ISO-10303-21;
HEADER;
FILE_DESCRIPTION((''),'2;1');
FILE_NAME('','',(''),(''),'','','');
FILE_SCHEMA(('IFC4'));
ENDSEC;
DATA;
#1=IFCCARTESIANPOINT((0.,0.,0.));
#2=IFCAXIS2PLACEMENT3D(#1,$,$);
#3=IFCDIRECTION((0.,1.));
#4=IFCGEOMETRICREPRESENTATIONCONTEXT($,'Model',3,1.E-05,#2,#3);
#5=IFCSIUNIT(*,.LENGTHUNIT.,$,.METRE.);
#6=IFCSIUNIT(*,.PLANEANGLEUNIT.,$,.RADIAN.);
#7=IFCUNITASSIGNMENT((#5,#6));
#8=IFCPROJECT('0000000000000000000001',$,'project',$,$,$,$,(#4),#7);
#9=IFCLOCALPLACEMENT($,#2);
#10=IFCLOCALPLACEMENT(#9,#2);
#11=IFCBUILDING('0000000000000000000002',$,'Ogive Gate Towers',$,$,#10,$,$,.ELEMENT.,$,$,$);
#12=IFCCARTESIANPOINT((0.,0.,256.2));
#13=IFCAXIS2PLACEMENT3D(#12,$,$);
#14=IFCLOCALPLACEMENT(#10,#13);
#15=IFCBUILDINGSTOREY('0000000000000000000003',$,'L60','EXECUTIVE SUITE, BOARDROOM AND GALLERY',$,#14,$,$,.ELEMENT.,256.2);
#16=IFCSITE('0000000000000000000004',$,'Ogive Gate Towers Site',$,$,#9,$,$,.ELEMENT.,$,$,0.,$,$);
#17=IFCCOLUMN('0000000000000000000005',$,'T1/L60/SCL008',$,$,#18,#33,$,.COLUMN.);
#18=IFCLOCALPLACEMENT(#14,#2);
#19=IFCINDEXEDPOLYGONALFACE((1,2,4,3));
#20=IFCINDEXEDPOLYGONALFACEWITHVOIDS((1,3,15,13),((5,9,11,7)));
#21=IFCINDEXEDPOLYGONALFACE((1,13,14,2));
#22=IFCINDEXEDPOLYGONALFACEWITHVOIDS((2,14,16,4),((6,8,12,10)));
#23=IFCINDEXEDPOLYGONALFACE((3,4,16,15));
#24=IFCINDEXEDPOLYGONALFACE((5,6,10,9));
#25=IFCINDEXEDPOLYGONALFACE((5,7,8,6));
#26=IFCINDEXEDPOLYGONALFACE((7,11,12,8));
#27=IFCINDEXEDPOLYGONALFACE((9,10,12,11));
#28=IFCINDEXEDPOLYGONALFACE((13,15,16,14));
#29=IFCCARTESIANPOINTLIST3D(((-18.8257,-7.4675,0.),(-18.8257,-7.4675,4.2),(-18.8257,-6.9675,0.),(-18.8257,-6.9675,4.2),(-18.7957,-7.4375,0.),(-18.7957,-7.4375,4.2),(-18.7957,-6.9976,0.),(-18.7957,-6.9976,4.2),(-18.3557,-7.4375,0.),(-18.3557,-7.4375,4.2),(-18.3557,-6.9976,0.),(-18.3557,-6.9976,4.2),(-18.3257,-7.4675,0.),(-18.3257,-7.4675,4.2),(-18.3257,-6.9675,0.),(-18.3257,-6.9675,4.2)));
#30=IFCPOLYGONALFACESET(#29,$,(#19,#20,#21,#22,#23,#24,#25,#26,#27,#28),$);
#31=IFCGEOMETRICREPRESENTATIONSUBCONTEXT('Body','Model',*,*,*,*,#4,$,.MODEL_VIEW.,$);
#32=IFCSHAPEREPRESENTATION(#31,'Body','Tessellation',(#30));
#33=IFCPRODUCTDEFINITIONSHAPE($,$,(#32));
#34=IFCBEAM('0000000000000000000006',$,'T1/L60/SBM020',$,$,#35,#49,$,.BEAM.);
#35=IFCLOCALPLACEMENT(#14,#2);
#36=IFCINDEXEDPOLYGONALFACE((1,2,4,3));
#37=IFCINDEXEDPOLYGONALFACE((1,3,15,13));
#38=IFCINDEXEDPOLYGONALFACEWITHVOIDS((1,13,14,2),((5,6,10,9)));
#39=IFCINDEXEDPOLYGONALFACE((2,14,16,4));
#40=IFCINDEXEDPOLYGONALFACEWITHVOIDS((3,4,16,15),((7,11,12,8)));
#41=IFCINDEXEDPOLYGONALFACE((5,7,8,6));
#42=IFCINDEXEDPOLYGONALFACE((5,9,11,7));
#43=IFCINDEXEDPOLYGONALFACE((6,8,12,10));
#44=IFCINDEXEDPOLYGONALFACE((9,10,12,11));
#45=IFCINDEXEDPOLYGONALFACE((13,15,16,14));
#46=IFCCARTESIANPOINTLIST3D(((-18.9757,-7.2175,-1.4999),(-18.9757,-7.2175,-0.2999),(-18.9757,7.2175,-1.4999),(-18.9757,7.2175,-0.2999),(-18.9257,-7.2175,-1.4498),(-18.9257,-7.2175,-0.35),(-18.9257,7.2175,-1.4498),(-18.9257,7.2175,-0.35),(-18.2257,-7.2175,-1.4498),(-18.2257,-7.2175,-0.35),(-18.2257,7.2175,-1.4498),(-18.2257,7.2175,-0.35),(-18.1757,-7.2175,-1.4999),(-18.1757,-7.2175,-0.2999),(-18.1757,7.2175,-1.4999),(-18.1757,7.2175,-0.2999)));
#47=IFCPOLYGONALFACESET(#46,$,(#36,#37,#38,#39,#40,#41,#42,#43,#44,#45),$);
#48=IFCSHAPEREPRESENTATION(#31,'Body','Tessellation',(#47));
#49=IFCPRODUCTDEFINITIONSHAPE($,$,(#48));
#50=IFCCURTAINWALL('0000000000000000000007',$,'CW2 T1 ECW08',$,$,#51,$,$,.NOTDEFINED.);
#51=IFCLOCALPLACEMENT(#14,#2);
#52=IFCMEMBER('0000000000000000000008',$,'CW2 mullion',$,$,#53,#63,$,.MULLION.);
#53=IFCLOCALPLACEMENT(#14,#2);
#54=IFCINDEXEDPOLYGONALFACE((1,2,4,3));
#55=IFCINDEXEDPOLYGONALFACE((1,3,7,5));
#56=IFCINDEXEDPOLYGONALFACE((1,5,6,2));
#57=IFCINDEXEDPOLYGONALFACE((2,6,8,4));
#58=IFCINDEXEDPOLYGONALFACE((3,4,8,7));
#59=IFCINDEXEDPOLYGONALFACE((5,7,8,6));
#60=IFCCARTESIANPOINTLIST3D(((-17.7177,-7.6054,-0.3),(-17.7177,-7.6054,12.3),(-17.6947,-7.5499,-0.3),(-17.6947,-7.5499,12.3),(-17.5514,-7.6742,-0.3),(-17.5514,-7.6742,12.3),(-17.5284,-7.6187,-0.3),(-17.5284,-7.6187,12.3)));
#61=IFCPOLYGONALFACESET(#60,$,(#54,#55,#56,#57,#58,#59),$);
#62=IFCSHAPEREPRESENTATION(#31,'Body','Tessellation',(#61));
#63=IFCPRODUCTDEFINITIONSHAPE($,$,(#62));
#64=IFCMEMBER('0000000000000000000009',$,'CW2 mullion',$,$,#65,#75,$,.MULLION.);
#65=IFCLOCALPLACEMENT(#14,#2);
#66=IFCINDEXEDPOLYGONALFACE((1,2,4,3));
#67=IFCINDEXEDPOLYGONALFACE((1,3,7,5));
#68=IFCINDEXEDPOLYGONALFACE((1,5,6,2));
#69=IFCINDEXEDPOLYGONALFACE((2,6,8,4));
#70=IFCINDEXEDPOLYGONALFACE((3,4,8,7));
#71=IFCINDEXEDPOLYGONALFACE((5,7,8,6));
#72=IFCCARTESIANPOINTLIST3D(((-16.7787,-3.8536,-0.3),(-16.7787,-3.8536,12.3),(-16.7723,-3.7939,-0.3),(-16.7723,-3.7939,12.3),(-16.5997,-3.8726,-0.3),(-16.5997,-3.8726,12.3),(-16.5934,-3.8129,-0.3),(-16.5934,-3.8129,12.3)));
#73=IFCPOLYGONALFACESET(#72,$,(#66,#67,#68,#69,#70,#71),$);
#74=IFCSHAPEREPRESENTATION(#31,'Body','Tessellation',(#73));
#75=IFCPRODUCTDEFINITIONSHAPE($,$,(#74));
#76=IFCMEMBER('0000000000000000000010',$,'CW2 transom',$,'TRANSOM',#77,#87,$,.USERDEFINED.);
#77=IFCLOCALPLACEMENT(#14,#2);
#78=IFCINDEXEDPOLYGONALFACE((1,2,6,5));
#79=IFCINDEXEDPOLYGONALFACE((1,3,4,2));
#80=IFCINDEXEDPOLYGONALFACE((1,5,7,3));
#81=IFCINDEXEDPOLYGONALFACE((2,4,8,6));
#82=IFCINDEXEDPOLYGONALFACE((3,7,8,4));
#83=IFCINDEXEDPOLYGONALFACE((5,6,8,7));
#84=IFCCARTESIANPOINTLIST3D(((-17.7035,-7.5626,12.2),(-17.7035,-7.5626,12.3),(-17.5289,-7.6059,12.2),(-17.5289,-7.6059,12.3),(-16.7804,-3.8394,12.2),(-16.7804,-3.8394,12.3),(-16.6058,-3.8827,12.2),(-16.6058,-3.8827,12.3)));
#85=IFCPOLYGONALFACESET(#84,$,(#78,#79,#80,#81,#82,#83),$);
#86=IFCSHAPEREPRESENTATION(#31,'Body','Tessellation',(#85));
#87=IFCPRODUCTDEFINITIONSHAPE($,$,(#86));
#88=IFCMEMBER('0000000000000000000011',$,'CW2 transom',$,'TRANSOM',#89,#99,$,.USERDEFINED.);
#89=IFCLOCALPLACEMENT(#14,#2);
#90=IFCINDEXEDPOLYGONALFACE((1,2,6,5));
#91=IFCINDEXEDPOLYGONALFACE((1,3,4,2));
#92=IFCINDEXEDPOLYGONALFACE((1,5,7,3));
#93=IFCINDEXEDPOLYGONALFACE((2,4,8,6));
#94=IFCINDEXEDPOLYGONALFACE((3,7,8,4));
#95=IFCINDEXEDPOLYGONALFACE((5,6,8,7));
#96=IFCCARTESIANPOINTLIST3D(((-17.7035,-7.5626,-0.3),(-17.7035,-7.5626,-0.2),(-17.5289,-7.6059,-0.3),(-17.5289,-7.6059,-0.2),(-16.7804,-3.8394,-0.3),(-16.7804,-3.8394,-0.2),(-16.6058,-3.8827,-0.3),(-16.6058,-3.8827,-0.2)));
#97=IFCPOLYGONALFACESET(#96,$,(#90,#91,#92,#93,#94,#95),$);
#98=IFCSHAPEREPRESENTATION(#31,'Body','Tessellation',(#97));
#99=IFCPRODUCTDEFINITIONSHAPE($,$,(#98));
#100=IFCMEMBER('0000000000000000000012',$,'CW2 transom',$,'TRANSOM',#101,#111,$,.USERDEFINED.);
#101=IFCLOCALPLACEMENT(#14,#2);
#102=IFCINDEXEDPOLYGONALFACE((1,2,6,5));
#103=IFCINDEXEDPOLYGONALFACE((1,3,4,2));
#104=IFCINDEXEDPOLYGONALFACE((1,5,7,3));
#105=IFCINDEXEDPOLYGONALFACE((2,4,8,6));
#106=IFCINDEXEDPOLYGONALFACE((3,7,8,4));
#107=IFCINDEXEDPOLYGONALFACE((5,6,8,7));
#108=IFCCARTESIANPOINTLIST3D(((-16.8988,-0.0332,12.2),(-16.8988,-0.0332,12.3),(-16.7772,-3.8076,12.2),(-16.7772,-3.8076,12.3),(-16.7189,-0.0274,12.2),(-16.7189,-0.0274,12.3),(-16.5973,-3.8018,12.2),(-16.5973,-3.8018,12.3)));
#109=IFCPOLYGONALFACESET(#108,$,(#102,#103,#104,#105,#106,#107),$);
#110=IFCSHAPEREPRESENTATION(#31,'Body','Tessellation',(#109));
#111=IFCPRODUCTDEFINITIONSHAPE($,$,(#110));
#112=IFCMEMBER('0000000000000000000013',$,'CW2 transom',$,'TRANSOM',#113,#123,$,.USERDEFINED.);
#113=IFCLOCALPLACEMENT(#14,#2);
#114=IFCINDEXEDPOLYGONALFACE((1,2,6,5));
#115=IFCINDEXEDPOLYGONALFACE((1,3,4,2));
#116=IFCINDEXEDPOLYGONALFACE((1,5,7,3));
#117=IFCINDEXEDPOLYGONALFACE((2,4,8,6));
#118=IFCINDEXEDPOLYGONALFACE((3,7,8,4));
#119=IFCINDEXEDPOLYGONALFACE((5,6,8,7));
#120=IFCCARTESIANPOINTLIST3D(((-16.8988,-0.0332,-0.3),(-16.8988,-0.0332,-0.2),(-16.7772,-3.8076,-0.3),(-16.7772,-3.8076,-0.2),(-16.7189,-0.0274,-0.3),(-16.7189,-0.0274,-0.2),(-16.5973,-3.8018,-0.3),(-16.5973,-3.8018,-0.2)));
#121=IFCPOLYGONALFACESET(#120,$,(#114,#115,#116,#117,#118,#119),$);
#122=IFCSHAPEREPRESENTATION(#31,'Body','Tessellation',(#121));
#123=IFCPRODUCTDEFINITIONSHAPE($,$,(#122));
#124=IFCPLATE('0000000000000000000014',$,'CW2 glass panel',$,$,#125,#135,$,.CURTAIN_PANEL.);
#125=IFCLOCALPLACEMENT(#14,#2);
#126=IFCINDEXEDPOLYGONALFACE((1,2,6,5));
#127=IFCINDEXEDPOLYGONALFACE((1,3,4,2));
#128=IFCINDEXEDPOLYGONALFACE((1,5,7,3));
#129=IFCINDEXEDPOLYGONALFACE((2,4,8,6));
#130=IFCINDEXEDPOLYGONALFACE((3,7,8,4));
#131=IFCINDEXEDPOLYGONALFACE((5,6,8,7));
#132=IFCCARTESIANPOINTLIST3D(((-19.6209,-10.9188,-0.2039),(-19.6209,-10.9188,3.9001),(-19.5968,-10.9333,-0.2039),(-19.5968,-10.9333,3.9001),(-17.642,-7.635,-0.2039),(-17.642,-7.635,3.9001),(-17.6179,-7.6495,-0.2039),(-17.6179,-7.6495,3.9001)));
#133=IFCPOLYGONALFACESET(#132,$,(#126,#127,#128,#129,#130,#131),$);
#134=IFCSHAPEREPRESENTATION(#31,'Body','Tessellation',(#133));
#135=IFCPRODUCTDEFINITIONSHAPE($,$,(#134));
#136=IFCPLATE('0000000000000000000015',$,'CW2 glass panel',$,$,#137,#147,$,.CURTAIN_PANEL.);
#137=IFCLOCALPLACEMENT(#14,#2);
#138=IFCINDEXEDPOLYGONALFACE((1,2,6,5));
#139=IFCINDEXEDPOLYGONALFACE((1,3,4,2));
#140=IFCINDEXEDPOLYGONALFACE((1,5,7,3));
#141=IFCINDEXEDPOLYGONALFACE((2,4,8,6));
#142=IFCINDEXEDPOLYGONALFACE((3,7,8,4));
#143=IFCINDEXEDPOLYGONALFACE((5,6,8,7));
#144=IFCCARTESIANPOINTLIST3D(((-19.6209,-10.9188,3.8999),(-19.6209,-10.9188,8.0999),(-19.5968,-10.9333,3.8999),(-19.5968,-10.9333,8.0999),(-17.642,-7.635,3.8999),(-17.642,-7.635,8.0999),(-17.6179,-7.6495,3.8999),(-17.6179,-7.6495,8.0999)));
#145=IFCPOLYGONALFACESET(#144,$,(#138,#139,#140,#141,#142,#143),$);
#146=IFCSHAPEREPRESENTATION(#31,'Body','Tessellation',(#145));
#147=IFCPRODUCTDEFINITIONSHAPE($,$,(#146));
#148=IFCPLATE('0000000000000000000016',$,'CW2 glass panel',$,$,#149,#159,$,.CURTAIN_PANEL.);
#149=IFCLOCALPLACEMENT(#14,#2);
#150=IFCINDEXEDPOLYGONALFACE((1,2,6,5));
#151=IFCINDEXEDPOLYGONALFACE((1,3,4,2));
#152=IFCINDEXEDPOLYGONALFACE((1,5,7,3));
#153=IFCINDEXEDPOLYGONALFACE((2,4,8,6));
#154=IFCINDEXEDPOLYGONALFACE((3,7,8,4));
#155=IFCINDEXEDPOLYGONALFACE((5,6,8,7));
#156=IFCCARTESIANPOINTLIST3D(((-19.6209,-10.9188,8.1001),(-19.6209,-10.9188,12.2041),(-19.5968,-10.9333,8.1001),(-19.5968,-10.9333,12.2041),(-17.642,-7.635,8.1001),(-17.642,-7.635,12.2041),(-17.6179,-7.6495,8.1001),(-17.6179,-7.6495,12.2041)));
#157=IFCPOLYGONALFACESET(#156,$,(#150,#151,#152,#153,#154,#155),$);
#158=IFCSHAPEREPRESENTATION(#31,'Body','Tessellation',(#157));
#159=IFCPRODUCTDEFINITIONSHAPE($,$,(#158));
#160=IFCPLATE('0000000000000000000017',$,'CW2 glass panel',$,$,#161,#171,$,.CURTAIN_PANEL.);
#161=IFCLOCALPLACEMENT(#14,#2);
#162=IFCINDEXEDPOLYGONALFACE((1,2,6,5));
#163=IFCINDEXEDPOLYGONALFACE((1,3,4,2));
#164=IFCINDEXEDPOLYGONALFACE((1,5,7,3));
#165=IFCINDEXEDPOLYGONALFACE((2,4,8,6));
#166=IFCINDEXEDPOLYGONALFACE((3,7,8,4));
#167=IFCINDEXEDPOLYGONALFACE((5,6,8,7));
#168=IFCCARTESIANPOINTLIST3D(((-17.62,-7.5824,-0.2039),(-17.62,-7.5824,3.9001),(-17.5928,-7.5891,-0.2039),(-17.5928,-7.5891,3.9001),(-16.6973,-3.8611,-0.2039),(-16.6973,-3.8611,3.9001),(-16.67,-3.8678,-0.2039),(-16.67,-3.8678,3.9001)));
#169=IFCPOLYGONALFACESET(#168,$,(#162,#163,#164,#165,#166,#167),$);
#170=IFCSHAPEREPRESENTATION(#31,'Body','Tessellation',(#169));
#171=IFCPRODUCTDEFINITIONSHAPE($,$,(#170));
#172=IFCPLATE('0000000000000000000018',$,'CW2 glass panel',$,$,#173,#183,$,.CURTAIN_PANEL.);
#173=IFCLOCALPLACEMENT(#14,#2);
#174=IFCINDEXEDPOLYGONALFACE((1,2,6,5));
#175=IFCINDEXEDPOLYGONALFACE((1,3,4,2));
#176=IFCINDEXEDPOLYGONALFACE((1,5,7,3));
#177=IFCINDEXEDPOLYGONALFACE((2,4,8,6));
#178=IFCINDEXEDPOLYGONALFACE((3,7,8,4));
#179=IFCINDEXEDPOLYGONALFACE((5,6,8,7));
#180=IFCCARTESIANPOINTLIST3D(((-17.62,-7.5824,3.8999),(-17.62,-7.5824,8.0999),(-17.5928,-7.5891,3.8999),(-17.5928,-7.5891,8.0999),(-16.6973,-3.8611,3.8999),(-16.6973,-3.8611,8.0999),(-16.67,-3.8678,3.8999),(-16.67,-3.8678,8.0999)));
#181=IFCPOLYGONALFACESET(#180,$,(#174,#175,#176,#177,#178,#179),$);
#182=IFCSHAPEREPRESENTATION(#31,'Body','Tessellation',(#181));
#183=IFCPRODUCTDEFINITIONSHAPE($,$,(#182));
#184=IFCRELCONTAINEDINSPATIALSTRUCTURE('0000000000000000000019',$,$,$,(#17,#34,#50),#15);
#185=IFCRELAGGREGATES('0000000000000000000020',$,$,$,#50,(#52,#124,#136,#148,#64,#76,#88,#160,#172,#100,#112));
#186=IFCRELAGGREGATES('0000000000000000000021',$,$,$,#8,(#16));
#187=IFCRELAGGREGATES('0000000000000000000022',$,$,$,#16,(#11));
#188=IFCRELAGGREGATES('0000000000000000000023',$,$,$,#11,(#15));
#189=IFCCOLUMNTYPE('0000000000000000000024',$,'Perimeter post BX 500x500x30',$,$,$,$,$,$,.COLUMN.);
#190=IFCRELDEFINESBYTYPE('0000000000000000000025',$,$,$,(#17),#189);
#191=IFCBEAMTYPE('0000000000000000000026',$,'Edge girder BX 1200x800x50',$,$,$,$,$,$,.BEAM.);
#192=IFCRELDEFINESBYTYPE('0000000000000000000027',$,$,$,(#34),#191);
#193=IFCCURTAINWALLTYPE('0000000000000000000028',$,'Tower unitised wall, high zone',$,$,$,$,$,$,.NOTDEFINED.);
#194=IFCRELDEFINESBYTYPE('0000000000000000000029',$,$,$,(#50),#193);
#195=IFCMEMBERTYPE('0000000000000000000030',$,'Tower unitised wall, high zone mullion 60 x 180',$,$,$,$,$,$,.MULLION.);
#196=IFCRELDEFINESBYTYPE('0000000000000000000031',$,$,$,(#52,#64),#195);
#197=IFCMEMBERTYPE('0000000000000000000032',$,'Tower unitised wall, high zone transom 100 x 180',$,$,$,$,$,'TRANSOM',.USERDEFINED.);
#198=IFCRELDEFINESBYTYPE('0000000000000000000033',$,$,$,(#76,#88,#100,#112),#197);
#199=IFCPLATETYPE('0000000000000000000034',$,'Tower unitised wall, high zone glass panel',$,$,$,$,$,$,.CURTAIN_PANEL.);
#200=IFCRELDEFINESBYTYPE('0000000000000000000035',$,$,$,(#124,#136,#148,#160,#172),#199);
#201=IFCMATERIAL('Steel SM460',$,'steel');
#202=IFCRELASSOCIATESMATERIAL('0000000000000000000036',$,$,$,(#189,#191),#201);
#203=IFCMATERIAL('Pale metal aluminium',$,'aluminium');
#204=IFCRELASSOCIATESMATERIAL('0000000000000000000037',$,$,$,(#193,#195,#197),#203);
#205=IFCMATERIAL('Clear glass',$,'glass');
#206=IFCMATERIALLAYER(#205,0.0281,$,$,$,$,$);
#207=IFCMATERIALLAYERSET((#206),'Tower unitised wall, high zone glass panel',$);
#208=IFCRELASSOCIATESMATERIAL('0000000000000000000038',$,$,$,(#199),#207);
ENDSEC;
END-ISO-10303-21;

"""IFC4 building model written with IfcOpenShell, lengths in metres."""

from ifc_helpers import new_model, si_unit, direction, frame, origin, origin_2d, place, context, subcontext, project, spatial, rectangle, hollow_rectangle, extrude, material, layer, layer_set, material_profile, profile_set, type_object, element, aggregate, save


model = new_model("IFC4")

# Units and contexts
model_context = context("Model", 3, precision=1e-05, world=origin(), true_north=direction((0.0, 1.0)))
body_context = subcontext(model_context, "Body", "Model", "MODEL_VIEW")
ifc_project = project(units=[si_unit("LENGTHUNIT", "METRE"), si_unit("PLANEANGLEUNIT", "RADIAN")], contexts=[model_context])

# Site, building, storey
site_placement = place(None, origin())
site = spatial("IfcSite", under=ifc_project, at=site_placement, Name="Ogive Gate Towers Site", CompositionType="ELEMENT", RefElevation=0.0)
building_placement = place(site_placement, origin())
building = spatial("IfcBuilding", under=site, at=building_placement, Name="Ogive Gate Towers", CompositionType="ELEMENT")
storey_placement = place(building_placement, frame((0.0, 0.0, 256.2)))
storey = spatial("IfcBuildingStorey", under=building, at=storey_placement, Name="L60", Description="EXECUTIVE SUITE, BOARDROOM AND GALLERY", CompositionType="ELEMENT", Elevation=256.2)

# Column
ifc_material_1 = material(Name="Steel SM460", Category="steel")
ifc_material_profile_1 = material_profile(ifc_material_1, hollow_rectangle(XDim=0.5, YDim=0.5, WallThickness=0.03, at=origin_2d()), Name="BX 500x500x30")
ifc_profile_set_1 = profile_set([ifc_material_profile_1], Name="Steel SM460")
column_type = type_object("IfcColumnType", Name="Perimeter post BX 500x500x30", PredefinedType="COLUMN", material=ifc_profile_set_1)
column_placement = place(storey_placement, frame((-18.5757, -7.2175, 0.0), z_axis=(0.0, 0.0, 1.0), x_axis=(1.0, 0.0, 0.0)))
element("IfcColumn", 1, at=column_placement, inside=storey, type_object=column_type, Name="T1/L60/SCL008", PredefinedType="COLUMN", context=body_context, shape_type="SweptSolid", body=[
    extrude(hollow_rectangle(XDim=0.5, YDim=0.5, WallThickness=0.03, at=origin_2d()), origin(), (0.0, 0.0, 1.0), 4.2),
])

# Beam
ifc_material_profile_2 = material_profile(ifc_material_1, hollow_rectangle(XDim=0.8, YDim=1.2, WallThickness=0.05, at=origin_2d()), Name="BX 1200x800x50")
ifc_profile_set_2 = profile_set([ifc_material_profile_2], Name="Steel SM460")
beam_type = type_object("IfcBeamType", Name="Edge girder BX 1200x800x50", PredefinedType="BEAM", material=ifc_profile_set_2)
beam_placement = place(storey_placement, frame((-18.5757, -7.2175, -0.8999), z_axis=(0.0, 1.0, 0.0), x_axis=(-1.0, 0.0, 0.0)))
element("IfcBeam", 2, at=beam_placement, inside=storey, type_object=beam_type, Name="T1/L60/SBM020", PredefinedType="BEAM", context=body_context, shape_type="SweptSolid", body=[
    extrude(hollow_rectangle(XDim=0.8, YDim=1.2, WallThickness=0.05, at=origin_2d()), origin(), (0.0, 0.0, 1.0), 14.4351),
])

# Curtain wall, members, plates
ifc_material_2 = material(Name="Pale metal aluminium", Category="aluminium")
curtain_wall_type = type_object("IfcCurtainWallType", Name="Tower unitised wall, high zone", PredefinedType="NOTDEFINED", material=ifc_material_2)
curtain_wall_placement = place(storey_placement, origin())
curtain_wall = element("IfcCurtainWall", 3, at=curtain_wall_placement, inside=storey, type_object=curtain_wall_type, Name="CW2 T1 ECW08", PredefinedType="NOTDEFINED")
ifc_material_profile_3 = material_profile(ifc_material_2, rectangle(XDim=0.1799, YDim=0.0601, at=origin_2d()), Name="60 x 180 aluminium box")
ifc_profile_set_3 = profile_set([ifc_material_profile_3], Name="Pale metal aluminium")
member_type_1 = type_object("IfcMemberType", Name="Tower unitised wall, high zone mullion 60 x 180", PredefinedType="MULLION", material=ifc_profile_set_3)
member_1_placement = place(storey_placement, frame((-17.623, -7.6121, -0.3), z_axis=(0.0, 0.0, 1.0), x_axis=(0.92388, -0.382683, 0.0)))
member_1 = element("IfcMember", 4, at=member_1_placement, type_object=member_type_1, Name="CW2 mullion", PredefinedType="MULLION", context=body_context, shape_type="SweptSolid", body=[
    extrude(rectangle(XDim=0.1799, YDim=0.0601, at=origin_2d()), origin(), (0.0, 0.0, 1.0), 12.6001),
])
member_2_placement = place(storey_placement, frame((-16.686, -3.8333, -0.3), z_axis=(0.0, 0.0, 1.0), x_axis=(0.994451, -0.105205, 0.0)))
member_2 = element("IfcMember", 5, at=member_2_placement, type_object=member_type_1, Name="CW2 mullion", PredefinedType="MULLION", context=body_context, shape_type="SweptSolid", body=[
    extrude(rectangle(XDim=0.1799, YDim=0.0601, at=origin_2d()), origin(), (0.0, 0.0, 1.0), 12.6001),
])
ifc_material_profile_4 = material_profile(ifc_material_2, rectangle(XDim=0.1799, YDim=0.1001, at=origin_2d()), Name="100 x 180 aluminium box")
ifc_profile_set_4 = profile_set([ifc_material_profile_4], Name="Pale metal aluminium")
member_type_2 = type_object("IfcMemberType", Name="Tower unitised wall, high zone transom 100 x 180", ElementType="TRANSOM", PredefinedType="USERDEFINED", material=ifc_profile_set_4)
member_3_placement = place(storey_placement, frame((-17.6162, -7.5842, 12.25), z_axis=(0.240648, 0.970612, 0.0), x_axis=(-0.970612, 0.240648, 0.0)))
member_3 = element("IfcMember", 6, at=member_3_placement, type_object=member_type_2, Name="CW2 transom", ObjectType="TRANSOM", PredefinedType="USERDEFINED", context=body_context, shape_type="SweptSolid", body=[
    extrude(rectangle(XDim=0.1799, YDim=0.1001, at=origin_2d()), origin(), (0.0, 0.0, 1.0), 3.8359),
])
member_4_placement = place(storey_placement, frame((-17.6162, -7.5842, -0.25), z_axis=(0.240648, 0.970612, 0.0), x_axis=(-0.970612, 0.240648, 0.0)))
member_4 = element("IfcMember", 7, at=member_4_placement, type_object=member_type_2, Name="CW2 transom", ObjectType="TRANSOM", PredefinedType="USERDEFINED", context=body_context, shape_type="SweptSolid", body=[
    extrude(rectangle(XDim=0.1799, YDim=0.1001, at=origin_2d()), origin(), (0.0, 0.0, 1.0), 3.8359),
])
member_5_placement = place(storey_placement, frame((-16.6873, -3.8047, 12.25), z_axis=(-0.032195, 0.999482, 0.0), x_axis=(-0.999482, -0.032195, 0.0)))
member_5 = element("IfcMember", 8, at=member_5_placement, type_object=member_type_2, Name="CW2 transom", ObjectType="TRANSOM", PredefinedType="USERDEFINED", context=body_context, shape_type="SweptSolid", body=[
    extrude(rectangle(XDim=0.1799, YDim=0.1001, at=origin_2d()), origin(), (0.0, 0.0, 1.0), 3.7764),
])
member_6_placement = place(storey_placement, frame((-16.6873, -3.8047, -0.25), z_axis=(-0.032195, 0.999482, 0.0), x_axis=(-0.999482, -0.032195, 0.0)))
member_6 = element("IfcMember", 9, at=member_6_placement, type_object=member_type_2, Name="CW2 transom", ObjectType="TRANSOM", PredefinedType="USERDEFINED", context=body_context, shape_type="SweptSolid", body=[
    extrude(rectangle(XDim=0.1799, YDim=0.1001, at=origin_2d()), origin(), (0.0, 0.0, 1.0), 3.7764),
])
ifc_material_3 = material(Name="Clear glass", Category="glass")
ifc_layer_1 = layer(ifc_material_3, 0.0281)
ifc_layer_set_1 = layer_set([ifc_layer_1], Name="Tower unitised wall, high zone glass panel")
plate_type = type_object("IfcPlateType", Name="Tower unitised wall, high zone glass panel", PredefinedType="CURTAIN_PANEL", material=ifc_layer_set_1)
plate_1_placement = place(storey_placement, frame((-18.6194, -9.2842, -0.2039), z_axis=(0.0, 0.0, 1.0), x_axis=(0.516145, 0.856501, 0.0)))
plate_1 = element("IfcPlate", 10, at=plate_1_placement, type_object=plate_type, Name="CW2 glass panel", PredefinedType="CURTAIN_PANEL", context=body_context, shape_type="SweptSolid", body=[
    extrude(rectangle(XDim=3.834, YDim=0.0281, at=origin_2d()), origin(), (0.0, 0.0, 1.0), 4.104),
])
plate_2_placement = place(storey_placement, frame((-18.6194, -9.2842, 3.8999), z_axis=(0.0, 0.0, 1.0), x_axis=(0.516145, 0.856501, 0.0)))
plate_2 = element("IfcPlate", 11, at=plate_2_placement, type_object=plate_type, Name="CW2 glass panel", PredefinedType="CURTAIN_PANEL", context=body_context, shape_type="SweptSolid", body=[
    extrude(rectangle(XDim=3.834, YDim=0.0281, at=origin_2d()), origin(), (0.0, 0.0, 1.0), 4.2),
])
plate_3_placement = place(storey_placement, frame((-18.6194, -9.2842, 8.1001), z_axis=(0.0, 0.0, 1.0), x_axis=(0.516145, 0.856501, 0.0)))
plate_3 = element("IfcPlate", 12, at=plate_3_placement, type_object=plate_type, Name="CW2 glass panel", PredefinedType="CURTAIN_PANEL", context=body_context, shape_type="SweptSolid", body=[
    extrude(rectangle(XDim=3.834, YDim=0.0281, at=origin_2d()), origin(), (0.0, 0.0, 1.0), 4.104),
])
plate_4_placement = place(storey_placement, frame((-17.145, -5.7251, -0.2039), z_axis=(0.0, 0.0, 1.0), x_axis=(0.240669, 0.970607, 0.0)))
plate_4 = element("IfcPlate", 13, at=plate_4_placement, type_object=plate_type, Name="CW2 glass panel", PredefinedType="CURTAIN_PANEL", context=body_context, shape_type="SweptSolid", body=[
    extrude(rectangle(XDim=3.834, YDim=0.0281, at=origin_2d()), origin(), (0.0, 0.0, 1.0), 4.104),
])
plate_5_placement = place(storey_placement, frame((-17.145, -5.7251, 3.8999), z_axis=(0.0, 0.0, 1.0), x_axis=(0.240669, 0.970607, 0.0)))
plate_5 = element("IfcPlate", 14, at=plate_5_placement, type_object=plate_type, Name="CW2 glass panel", PredefinedType="CURTAIN_PANEL", context=body_context, shape_type="SweptSolid", body=[
    extrude(rectangle(XDim=3.834, YDim=0.0281, at=origin_2d()), origin(), (0.0, 0.0, 1.0), 4.2),
])
aggregate(curtain_wall, [member_1, plate_1, plate_2, plate_3, member_2, member_3, member_4, plate_4, plate_5, member_5, member_6])

save(model, "model.ifc")
